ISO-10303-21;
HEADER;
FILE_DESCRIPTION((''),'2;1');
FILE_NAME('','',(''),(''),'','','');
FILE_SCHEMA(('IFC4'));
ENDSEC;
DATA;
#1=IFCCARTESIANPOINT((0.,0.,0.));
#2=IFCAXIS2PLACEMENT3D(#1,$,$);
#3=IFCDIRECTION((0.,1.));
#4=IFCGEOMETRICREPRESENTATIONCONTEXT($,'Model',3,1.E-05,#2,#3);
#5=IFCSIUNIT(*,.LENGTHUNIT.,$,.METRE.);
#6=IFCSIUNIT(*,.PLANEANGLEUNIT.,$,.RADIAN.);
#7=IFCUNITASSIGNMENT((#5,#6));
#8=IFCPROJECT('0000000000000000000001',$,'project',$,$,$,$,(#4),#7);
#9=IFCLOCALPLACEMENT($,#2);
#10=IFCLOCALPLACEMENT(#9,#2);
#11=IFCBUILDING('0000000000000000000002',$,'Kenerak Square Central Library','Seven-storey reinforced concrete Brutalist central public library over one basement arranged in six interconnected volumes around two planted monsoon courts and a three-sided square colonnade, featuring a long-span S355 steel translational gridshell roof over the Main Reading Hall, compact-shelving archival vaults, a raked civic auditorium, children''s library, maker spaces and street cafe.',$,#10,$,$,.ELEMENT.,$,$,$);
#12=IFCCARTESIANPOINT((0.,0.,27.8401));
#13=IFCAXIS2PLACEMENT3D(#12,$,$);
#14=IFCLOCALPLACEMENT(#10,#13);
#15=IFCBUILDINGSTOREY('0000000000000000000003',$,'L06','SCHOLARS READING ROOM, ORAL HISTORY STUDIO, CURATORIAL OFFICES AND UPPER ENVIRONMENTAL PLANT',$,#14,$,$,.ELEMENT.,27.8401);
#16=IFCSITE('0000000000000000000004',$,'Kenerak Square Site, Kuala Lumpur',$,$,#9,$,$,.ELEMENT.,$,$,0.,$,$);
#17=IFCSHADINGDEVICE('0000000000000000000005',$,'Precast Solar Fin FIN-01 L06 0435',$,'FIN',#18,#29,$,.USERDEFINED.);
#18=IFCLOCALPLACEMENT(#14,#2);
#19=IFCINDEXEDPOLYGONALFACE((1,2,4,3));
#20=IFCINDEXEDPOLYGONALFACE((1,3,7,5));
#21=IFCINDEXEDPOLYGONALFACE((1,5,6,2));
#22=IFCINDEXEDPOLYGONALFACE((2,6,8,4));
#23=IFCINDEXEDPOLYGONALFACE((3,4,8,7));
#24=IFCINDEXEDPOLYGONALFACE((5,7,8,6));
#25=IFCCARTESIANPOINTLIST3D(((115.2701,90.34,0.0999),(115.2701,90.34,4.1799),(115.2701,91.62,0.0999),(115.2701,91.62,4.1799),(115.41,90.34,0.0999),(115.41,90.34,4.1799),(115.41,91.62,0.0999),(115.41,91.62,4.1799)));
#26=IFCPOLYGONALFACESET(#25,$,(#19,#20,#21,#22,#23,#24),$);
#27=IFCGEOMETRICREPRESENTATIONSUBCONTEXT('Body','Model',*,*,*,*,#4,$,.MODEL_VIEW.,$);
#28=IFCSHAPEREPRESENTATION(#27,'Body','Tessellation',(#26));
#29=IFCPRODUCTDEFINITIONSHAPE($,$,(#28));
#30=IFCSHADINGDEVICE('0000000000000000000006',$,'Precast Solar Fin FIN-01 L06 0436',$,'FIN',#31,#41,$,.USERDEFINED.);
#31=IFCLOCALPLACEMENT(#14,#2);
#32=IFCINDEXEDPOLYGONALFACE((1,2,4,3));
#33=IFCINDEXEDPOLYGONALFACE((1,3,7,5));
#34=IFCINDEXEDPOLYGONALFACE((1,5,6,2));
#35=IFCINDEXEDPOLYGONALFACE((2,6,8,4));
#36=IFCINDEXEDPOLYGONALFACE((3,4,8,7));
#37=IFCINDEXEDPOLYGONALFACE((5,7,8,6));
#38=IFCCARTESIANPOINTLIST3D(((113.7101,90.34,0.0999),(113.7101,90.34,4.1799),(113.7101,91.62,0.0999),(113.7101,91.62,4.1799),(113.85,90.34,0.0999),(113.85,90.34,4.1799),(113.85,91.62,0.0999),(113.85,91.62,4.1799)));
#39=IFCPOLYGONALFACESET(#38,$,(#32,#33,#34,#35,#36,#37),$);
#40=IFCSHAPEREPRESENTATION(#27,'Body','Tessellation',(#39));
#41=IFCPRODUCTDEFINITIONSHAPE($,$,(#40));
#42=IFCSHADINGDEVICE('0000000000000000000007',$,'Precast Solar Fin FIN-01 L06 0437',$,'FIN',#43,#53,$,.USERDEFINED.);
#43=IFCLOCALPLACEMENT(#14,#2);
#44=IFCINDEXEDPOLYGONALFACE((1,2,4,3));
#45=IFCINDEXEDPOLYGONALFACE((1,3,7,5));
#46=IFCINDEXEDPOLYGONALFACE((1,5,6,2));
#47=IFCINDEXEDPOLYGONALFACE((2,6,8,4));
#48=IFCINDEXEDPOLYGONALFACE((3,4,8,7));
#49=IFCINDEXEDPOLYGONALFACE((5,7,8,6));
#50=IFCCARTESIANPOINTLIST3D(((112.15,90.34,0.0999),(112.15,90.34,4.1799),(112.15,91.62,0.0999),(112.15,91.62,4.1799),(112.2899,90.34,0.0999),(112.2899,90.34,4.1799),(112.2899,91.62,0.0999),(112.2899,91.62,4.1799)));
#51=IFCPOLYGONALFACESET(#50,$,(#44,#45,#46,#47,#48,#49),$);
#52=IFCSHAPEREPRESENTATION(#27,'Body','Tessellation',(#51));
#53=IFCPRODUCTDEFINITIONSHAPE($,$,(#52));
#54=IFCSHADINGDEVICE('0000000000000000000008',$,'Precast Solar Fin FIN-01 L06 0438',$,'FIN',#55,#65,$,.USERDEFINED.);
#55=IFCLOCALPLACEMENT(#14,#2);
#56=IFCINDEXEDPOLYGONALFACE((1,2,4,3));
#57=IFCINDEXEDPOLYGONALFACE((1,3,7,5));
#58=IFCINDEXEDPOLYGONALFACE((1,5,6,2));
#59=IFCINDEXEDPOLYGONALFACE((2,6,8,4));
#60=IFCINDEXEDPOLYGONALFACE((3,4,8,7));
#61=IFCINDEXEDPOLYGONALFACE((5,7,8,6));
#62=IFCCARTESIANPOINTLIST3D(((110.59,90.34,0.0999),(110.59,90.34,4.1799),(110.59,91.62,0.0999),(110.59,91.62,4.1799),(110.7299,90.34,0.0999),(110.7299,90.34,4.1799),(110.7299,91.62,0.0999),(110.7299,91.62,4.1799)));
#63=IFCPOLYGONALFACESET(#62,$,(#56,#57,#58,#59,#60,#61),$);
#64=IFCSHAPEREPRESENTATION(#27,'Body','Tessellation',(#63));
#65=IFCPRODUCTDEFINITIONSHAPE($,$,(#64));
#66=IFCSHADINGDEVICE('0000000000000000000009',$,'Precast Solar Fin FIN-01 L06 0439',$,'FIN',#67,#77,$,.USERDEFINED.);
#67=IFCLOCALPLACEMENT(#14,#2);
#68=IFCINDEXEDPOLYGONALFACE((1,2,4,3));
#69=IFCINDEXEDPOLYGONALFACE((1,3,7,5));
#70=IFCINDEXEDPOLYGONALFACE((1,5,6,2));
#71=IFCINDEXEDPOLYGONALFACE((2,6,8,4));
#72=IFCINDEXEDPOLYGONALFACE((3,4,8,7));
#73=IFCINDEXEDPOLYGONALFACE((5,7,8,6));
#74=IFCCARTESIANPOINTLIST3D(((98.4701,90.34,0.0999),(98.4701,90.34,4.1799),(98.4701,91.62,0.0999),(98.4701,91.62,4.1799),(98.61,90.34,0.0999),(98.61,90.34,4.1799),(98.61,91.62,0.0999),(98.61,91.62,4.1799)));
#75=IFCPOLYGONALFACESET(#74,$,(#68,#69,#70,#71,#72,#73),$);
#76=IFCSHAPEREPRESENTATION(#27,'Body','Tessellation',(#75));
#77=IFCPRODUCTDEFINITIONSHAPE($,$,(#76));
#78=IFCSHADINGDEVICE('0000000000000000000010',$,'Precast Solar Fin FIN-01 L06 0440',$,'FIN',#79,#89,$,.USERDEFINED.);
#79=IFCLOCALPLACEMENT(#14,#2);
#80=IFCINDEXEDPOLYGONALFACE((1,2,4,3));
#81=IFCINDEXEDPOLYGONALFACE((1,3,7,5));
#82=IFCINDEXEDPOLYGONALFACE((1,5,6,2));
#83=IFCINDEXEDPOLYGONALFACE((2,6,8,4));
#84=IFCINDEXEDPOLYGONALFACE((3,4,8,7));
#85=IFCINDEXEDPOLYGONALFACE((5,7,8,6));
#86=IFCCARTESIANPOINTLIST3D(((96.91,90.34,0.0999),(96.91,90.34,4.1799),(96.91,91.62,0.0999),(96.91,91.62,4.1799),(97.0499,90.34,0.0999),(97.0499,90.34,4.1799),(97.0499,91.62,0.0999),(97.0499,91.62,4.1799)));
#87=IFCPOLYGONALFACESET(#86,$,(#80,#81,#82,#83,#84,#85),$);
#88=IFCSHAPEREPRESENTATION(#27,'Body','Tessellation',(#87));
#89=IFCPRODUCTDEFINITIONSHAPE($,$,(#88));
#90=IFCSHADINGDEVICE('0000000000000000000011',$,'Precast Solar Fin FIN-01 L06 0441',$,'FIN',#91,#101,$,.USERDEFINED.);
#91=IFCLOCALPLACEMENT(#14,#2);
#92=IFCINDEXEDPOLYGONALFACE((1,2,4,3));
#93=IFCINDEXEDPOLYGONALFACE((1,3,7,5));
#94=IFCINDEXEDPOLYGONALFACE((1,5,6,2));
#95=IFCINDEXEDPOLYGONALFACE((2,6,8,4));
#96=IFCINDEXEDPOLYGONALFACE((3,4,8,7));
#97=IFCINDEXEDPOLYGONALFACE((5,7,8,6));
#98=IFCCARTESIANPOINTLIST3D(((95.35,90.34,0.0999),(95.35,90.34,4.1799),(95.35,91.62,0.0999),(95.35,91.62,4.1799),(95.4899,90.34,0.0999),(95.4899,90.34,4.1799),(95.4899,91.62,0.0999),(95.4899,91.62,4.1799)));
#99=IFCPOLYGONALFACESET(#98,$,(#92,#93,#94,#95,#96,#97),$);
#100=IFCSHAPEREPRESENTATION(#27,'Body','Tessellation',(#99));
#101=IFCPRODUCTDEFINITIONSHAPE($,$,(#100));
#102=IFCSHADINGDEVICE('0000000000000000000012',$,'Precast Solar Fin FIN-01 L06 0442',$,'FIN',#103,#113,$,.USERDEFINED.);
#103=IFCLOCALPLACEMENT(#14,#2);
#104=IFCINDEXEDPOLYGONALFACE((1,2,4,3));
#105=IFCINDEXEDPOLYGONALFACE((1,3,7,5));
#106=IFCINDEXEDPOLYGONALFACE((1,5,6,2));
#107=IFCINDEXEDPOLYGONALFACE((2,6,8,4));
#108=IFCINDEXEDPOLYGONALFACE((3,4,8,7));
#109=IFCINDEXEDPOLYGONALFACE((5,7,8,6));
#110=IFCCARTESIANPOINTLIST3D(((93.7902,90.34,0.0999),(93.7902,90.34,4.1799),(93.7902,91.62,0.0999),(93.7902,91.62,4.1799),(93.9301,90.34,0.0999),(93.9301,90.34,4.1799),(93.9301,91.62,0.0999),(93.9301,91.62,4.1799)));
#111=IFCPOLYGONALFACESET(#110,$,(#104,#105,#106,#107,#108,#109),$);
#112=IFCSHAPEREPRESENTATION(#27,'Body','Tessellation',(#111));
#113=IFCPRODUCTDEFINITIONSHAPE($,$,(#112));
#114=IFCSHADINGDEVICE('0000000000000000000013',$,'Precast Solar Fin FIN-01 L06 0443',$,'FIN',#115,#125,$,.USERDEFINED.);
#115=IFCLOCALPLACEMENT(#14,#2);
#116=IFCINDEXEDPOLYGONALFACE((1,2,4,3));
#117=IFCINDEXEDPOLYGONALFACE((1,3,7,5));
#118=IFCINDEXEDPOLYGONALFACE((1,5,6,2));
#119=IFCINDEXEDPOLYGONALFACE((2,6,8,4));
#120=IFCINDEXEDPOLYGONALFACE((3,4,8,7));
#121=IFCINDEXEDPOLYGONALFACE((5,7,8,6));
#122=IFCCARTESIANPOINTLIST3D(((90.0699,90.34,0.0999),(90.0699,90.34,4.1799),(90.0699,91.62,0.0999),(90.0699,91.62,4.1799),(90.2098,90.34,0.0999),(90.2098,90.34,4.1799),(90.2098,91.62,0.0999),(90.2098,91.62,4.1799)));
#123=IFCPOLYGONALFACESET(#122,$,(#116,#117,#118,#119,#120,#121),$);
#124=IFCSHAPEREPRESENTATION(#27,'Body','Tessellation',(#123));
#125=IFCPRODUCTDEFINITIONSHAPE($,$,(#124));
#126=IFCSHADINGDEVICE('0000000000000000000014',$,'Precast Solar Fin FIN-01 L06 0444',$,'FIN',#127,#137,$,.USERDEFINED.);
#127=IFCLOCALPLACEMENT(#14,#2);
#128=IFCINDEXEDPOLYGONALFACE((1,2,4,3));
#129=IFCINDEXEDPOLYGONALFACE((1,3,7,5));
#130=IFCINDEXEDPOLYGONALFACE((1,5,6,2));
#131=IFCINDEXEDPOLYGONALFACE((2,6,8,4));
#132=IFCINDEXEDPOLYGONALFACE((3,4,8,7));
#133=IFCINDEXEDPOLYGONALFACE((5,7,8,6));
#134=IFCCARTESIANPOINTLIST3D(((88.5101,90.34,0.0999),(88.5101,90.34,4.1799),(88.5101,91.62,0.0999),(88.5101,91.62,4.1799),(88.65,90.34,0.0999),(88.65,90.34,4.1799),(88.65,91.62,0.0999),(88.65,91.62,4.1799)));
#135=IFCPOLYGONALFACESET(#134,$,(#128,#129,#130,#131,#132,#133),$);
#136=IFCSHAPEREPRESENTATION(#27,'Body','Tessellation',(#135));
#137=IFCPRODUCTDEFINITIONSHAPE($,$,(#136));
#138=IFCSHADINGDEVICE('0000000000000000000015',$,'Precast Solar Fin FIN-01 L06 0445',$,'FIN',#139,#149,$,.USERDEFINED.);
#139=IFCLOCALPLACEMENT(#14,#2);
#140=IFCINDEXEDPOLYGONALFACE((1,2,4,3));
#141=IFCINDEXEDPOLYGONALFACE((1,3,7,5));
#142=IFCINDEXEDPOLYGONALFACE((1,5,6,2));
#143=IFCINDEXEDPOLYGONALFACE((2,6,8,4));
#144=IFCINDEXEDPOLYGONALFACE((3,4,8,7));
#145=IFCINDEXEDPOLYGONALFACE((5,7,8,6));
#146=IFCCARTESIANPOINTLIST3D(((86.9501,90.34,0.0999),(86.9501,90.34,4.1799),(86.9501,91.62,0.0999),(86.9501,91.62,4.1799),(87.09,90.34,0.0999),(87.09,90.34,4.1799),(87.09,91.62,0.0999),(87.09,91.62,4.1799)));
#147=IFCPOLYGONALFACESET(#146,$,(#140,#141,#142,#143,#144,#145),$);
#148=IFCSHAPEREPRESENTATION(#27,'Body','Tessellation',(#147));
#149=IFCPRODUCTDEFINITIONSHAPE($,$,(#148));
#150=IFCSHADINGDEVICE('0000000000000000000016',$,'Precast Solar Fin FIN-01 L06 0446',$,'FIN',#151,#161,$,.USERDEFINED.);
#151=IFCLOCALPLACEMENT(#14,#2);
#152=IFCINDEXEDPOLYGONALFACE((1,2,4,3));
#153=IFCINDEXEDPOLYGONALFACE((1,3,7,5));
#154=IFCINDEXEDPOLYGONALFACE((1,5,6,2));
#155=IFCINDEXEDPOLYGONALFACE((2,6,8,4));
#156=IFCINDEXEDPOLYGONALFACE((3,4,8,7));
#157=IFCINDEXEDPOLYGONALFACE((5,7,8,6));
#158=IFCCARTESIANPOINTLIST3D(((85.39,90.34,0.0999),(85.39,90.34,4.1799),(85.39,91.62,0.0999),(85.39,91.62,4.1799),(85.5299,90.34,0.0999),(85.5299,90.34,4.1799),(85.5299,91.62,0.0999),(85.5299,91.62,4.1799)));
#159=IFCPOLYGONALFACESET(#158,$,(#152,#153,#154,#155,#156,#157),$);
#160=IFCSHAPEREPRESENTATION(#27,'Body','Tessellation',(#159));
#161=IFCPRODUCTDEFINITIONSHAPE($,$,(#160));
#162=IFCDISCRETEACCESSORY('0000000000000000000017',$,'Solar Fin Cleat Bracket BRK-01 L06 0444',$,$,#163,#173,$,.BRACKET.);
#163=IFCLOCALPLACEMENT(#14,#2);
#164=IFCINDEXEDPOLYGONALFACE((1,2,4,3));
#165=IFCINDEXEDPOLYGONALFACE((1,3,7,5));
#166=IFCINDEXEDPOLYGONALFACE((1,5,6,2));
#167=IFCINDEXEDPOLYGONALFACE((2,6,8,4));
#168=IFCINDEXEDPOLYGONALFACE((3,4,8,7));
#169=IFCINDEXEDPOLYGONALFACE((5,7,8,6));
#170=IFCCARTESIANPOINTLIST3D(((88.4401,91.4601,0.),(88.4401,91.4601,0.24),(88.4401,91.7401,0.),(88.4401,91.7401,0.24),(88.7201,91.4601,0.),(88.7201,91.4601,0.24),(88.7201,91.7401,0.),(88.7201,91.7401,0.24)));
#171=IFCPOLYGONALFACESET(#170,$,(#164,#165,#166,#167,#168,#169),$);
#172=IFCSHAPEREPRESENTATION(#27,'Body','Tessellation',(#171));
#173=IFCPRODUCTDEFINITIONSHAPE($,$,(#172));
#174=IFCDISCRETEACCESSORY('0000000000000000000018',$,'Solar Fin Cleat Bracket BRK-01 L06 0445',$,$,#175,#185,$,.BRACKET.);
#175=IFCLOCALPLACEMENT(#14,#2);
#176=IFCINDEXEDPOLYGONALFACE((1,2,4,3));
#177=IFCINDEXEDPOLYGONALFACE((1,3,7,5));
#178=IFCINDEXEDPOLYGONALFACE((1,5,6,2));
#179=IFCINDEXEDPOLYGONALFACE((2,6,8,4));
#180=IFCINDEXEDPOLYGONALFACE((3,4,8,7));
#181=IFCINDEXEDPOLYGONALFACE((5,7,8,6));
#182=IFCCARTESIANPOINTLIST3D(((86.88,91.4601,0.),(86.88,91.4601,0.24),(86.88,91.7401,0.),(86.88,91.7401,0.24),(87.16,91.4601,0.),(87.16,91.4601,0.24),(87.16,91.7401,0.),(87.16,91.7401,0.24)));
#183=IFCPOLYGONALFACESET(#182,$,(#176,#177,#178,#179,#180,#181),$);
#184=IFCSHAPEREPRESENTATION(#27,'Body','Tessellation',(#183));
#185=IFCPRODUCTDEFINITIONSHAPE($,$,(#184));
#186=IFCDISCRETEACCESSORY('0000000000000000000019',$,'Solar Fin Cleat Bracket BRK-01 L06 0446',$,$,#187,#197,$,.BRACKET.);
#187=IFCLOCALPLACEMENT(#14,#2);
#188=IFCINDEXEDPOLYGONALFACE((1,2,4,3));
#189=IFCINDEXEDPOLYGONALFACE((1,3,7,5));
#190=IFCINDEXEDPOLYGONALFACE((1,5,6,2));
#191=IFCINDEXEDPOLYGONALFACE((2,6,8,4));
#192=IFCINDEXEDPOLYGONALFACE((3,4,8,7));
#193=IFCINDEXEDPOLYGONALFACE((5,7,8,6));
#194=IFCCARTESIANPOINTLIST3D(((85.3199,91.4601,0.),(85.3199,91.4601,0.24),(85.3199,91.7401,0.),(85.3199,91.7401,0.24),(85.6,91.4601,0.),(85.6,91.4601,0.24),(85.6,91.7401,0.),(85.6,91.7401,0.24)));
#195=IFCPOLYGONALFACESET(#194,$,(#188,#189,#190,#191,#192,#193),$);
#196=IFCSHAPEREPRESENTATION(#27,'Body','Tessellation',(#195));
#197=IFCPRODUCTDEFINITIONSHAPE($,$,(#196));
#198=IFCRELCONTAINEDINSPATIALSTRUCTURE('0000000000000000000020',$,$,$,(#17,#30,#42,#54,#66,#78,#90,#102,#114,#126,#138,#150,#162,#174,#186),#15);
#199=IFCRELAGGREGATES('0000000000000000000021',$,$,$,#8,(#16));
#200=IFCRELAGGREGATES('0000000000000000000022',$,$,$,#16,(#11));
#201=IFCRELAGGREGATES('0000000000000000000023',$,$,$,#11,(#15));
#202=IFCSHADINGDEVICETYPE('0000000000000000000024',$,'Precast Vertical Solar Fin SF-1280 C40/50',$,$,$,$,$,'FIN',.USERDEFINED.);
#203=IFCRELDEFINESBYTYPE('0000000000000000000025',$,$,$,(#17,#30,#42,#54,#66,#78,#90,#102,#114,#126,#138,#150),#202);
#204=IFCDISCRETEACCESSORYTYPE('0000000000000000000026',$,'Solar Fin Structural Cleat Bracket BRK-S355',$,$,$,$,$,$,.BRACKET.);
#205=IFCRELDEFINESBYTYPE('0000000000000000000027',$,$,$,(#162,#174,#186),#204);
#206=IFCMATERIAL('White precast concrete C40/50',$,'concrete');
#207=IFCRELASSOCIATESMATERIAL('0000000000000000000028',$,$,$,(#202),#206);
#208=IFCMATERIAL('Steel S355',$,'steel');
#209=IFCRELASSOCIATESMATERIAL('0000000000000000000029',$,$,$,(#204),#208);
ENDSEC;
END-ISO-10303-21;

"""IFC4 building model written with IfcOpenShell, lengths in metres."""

from ifc_helpers import new_model, si_unit, direction, frame, origin, origin_2d, place, context, subcontext, project, spatial, rectangle, extrude, material, type_object, element, save


model = new_model("IFC4")

# Units and contexts
model_context = context("Model", 3, precision=1e-05, world=origin(), true_north=direction((0.0, 1.0)))
body_context = subcontext(model_context, "Body", "Model", "MODEL_VIEW")
ifc_project = project(units=[si_unit("LENGTHUNIT", "METRE"), si_unit("PLANEANGLEUNIT", "RADIAN")], contexts=[model_context])

# Site, building, storey
site_placement = place(None, origin())
site = spatial("IfcSite", under=ifc_project, at=site_placement, Name="Kenerak Square Site, Kuala Lumpur", CompositionType="ELEMENT", RefElevation=0.0)
building_placement = place(site_placement, origin())
building = spatial("IfcBuilding", under=site, at=building_placement, Name="Kenerak Square Central Library", Description="Seven-storey reinforced concrete Brutalist central public library over one basement arranged in six interconnected volumes around two planted monsoon courts and a three-sided square colonnade, featuring a long-span S355 steel translational gridshell roof over the Main Reading Hall, compact-shelving archival vaults, a raked civic auditorium, children's library, maker spaces and street cafe.", CompositionType="ELEMENT")
storey_placement = place(building_placement, frame((0.0, 0.0, 27.8401)))
storey = spatial("IfcBuildingStorey", under=building, at=storey_placement, Name="L06", Description="SCHOLARS READING ROOM, ORAL HISTORY STUDIO, CURATORIAL OFFICES AND UPPER ENVIRONMENTAL PLANT", CompositionType="ELEMENT", Elevation=27.8401)

# Shared definitions
ifc_material_1 = material(Name="Steel S355", Category="steel")

# Shading devices
ifc_material_2 = material(Name="White precast concrete C40/50", Category="concrete")
shading_device_type = type_object("IfcShadingDeviceType", Name="Precast Vertical Solar Fin SF-1280 C40/50", ElementType="FIN", PredefinedType="USERDEFINED", material=ifc_material_2)
for number, where, z_axis, x_axis, name in (
    (1, (115.3401, 90.98, 0.0999), (0.0, 0.0, 1.0), (-1.0, 0.0, 0.0), "Precast Solar Fin FIN-01 L06 0435"),
    (2, (113.78, 90.98, 0.0999), (0.0, 0.0, 1.0), (-1.0, 0.0, 0.0), "Precast Solar Fin FIN-01 L06 0436"),
    (3, (112.22, 90.98, 0.0999), (0.0, 0.0, 1.0), (-1.0, 0.0, 0.0), "Precast Solar Fin FIN-01 L06 0437"),
    (4, (110.6599, 90.98, 0.0999), (0.0, 0.0, 1.0), (-1.0, 0.0, 0.0), "Precast Solar Fin FIN-01 L06 0438"),
    (5, (98.54, 90.98, 0.0999), (0.0, 0.0, 1.0), (-1.0, 0.0, 0.0), "Precast Solar Fin FIN-01 L06 0439"),
    (6, (96.98, 90.98, 0.0999), (0.0, 0.0, 1.0), (-1.0, 0.0, 0.0), "Precast Solar Fin FIN-01 L06 0440"),
    (7, (95.4199, 90.98, 0.0999), (0.0, 0.0, 1.0), (-1.0, 0.0, 0.0), "Precast Solar Fin FIN-01 L06 0441"),
    (8, (93.8601, 90.98, 0.0999), (0.0, 0.0, 1.0), (-1.0, 0.0, 0.0), "Precast Solar Fin FIN-01 L06 0442"),
    (9, (90.1399, 90.98, 0.0999), (0.0, 0.0, 1.0), (-1.0, 0.0, 0.0), "Precast Solar Fin FIN-01 L06 0443"),
    (10, (88.5801, 90.98, 0.0999), (0.0, 0.0, 1.0), (-1.0, 0.0, 0.0), "Precast Solar Fin FIN-01 L06 0444"),
    (11, (87.02, 90.98, 0.0999), (0.0, 0.0, 1.0), (-1.0, 0.0, 0.0), "Precast Solar Fin FIN-01 L06 0445"),
    (12, (85.46, 90.98, 0.0999), (0.0, 0.0, 1.0), (-1.0, 0.0, 0.0), "Precast Solar Fin FIN-01 L06 0446"),
):
    element("IfcShadingDevice", number, at=place(storey_placement, frame(where, z_axis=z_axis, x_axis=x_axis)), inside=storey, type_object=shading_device_type, Name=name, ObjectType="FIN", PredefinedType="USERDEFINED", context=body_context, shape_type="SweptSolid", body=[
        extrude(rectangle(XDim=0.1399, YDim=1.28, at=origin_2d()), origin(), (0.0, 0.0, 1.0), 4.0801),
    ])

# Discrete accessories
discrete_accessory_type = type_object("IfcDiscreteAccessoryType", Name="Solar Fin Structural Cleat Bracket BRK-S355", PredefinedType="BRACKET", material=ifc_material_1)
for number, where, z_axis, x_axis, name in (
    (13, (88.5801, 91.6001, 0.0), (0.0, 0.0, 1.0), (-1.0, 0.0, 0.0), "Solar Fin Cleat Bracket BRK-01 L06 0444"),
    (14, (87.02, 91.6001, 0.0), (0.0, 0.0, 1.0), (-1.0, 0.0, 0.0), "Solar Fin Cleat Bracket BRK-01 L06 0445"),
    (15, (85.46, 91.6001, 0.0), (0.0, 0.0, 1.0), (-1.0, 0.0, 0.0), "Solar Fin Cleat Bracket BRK-01 L06 0446"),
):
    element("IfcDiscreteAccessory", number, at=place(storey_placement, frame(where, z_axis=z_axis, x_axis=x_axis)), inside=storey, type_object=discrete_accessory_type, Name=name, PredefinedType="BRACKET", context=body_context, shape_type="SweptSolid", body=[
        extrude(rectangle(XDim=0.28, YDim=0.28, at=origin_2d()), origin(), (0.0, 0.0, 1.0), 0.24),
    ])

save(model, "model.ifc")
